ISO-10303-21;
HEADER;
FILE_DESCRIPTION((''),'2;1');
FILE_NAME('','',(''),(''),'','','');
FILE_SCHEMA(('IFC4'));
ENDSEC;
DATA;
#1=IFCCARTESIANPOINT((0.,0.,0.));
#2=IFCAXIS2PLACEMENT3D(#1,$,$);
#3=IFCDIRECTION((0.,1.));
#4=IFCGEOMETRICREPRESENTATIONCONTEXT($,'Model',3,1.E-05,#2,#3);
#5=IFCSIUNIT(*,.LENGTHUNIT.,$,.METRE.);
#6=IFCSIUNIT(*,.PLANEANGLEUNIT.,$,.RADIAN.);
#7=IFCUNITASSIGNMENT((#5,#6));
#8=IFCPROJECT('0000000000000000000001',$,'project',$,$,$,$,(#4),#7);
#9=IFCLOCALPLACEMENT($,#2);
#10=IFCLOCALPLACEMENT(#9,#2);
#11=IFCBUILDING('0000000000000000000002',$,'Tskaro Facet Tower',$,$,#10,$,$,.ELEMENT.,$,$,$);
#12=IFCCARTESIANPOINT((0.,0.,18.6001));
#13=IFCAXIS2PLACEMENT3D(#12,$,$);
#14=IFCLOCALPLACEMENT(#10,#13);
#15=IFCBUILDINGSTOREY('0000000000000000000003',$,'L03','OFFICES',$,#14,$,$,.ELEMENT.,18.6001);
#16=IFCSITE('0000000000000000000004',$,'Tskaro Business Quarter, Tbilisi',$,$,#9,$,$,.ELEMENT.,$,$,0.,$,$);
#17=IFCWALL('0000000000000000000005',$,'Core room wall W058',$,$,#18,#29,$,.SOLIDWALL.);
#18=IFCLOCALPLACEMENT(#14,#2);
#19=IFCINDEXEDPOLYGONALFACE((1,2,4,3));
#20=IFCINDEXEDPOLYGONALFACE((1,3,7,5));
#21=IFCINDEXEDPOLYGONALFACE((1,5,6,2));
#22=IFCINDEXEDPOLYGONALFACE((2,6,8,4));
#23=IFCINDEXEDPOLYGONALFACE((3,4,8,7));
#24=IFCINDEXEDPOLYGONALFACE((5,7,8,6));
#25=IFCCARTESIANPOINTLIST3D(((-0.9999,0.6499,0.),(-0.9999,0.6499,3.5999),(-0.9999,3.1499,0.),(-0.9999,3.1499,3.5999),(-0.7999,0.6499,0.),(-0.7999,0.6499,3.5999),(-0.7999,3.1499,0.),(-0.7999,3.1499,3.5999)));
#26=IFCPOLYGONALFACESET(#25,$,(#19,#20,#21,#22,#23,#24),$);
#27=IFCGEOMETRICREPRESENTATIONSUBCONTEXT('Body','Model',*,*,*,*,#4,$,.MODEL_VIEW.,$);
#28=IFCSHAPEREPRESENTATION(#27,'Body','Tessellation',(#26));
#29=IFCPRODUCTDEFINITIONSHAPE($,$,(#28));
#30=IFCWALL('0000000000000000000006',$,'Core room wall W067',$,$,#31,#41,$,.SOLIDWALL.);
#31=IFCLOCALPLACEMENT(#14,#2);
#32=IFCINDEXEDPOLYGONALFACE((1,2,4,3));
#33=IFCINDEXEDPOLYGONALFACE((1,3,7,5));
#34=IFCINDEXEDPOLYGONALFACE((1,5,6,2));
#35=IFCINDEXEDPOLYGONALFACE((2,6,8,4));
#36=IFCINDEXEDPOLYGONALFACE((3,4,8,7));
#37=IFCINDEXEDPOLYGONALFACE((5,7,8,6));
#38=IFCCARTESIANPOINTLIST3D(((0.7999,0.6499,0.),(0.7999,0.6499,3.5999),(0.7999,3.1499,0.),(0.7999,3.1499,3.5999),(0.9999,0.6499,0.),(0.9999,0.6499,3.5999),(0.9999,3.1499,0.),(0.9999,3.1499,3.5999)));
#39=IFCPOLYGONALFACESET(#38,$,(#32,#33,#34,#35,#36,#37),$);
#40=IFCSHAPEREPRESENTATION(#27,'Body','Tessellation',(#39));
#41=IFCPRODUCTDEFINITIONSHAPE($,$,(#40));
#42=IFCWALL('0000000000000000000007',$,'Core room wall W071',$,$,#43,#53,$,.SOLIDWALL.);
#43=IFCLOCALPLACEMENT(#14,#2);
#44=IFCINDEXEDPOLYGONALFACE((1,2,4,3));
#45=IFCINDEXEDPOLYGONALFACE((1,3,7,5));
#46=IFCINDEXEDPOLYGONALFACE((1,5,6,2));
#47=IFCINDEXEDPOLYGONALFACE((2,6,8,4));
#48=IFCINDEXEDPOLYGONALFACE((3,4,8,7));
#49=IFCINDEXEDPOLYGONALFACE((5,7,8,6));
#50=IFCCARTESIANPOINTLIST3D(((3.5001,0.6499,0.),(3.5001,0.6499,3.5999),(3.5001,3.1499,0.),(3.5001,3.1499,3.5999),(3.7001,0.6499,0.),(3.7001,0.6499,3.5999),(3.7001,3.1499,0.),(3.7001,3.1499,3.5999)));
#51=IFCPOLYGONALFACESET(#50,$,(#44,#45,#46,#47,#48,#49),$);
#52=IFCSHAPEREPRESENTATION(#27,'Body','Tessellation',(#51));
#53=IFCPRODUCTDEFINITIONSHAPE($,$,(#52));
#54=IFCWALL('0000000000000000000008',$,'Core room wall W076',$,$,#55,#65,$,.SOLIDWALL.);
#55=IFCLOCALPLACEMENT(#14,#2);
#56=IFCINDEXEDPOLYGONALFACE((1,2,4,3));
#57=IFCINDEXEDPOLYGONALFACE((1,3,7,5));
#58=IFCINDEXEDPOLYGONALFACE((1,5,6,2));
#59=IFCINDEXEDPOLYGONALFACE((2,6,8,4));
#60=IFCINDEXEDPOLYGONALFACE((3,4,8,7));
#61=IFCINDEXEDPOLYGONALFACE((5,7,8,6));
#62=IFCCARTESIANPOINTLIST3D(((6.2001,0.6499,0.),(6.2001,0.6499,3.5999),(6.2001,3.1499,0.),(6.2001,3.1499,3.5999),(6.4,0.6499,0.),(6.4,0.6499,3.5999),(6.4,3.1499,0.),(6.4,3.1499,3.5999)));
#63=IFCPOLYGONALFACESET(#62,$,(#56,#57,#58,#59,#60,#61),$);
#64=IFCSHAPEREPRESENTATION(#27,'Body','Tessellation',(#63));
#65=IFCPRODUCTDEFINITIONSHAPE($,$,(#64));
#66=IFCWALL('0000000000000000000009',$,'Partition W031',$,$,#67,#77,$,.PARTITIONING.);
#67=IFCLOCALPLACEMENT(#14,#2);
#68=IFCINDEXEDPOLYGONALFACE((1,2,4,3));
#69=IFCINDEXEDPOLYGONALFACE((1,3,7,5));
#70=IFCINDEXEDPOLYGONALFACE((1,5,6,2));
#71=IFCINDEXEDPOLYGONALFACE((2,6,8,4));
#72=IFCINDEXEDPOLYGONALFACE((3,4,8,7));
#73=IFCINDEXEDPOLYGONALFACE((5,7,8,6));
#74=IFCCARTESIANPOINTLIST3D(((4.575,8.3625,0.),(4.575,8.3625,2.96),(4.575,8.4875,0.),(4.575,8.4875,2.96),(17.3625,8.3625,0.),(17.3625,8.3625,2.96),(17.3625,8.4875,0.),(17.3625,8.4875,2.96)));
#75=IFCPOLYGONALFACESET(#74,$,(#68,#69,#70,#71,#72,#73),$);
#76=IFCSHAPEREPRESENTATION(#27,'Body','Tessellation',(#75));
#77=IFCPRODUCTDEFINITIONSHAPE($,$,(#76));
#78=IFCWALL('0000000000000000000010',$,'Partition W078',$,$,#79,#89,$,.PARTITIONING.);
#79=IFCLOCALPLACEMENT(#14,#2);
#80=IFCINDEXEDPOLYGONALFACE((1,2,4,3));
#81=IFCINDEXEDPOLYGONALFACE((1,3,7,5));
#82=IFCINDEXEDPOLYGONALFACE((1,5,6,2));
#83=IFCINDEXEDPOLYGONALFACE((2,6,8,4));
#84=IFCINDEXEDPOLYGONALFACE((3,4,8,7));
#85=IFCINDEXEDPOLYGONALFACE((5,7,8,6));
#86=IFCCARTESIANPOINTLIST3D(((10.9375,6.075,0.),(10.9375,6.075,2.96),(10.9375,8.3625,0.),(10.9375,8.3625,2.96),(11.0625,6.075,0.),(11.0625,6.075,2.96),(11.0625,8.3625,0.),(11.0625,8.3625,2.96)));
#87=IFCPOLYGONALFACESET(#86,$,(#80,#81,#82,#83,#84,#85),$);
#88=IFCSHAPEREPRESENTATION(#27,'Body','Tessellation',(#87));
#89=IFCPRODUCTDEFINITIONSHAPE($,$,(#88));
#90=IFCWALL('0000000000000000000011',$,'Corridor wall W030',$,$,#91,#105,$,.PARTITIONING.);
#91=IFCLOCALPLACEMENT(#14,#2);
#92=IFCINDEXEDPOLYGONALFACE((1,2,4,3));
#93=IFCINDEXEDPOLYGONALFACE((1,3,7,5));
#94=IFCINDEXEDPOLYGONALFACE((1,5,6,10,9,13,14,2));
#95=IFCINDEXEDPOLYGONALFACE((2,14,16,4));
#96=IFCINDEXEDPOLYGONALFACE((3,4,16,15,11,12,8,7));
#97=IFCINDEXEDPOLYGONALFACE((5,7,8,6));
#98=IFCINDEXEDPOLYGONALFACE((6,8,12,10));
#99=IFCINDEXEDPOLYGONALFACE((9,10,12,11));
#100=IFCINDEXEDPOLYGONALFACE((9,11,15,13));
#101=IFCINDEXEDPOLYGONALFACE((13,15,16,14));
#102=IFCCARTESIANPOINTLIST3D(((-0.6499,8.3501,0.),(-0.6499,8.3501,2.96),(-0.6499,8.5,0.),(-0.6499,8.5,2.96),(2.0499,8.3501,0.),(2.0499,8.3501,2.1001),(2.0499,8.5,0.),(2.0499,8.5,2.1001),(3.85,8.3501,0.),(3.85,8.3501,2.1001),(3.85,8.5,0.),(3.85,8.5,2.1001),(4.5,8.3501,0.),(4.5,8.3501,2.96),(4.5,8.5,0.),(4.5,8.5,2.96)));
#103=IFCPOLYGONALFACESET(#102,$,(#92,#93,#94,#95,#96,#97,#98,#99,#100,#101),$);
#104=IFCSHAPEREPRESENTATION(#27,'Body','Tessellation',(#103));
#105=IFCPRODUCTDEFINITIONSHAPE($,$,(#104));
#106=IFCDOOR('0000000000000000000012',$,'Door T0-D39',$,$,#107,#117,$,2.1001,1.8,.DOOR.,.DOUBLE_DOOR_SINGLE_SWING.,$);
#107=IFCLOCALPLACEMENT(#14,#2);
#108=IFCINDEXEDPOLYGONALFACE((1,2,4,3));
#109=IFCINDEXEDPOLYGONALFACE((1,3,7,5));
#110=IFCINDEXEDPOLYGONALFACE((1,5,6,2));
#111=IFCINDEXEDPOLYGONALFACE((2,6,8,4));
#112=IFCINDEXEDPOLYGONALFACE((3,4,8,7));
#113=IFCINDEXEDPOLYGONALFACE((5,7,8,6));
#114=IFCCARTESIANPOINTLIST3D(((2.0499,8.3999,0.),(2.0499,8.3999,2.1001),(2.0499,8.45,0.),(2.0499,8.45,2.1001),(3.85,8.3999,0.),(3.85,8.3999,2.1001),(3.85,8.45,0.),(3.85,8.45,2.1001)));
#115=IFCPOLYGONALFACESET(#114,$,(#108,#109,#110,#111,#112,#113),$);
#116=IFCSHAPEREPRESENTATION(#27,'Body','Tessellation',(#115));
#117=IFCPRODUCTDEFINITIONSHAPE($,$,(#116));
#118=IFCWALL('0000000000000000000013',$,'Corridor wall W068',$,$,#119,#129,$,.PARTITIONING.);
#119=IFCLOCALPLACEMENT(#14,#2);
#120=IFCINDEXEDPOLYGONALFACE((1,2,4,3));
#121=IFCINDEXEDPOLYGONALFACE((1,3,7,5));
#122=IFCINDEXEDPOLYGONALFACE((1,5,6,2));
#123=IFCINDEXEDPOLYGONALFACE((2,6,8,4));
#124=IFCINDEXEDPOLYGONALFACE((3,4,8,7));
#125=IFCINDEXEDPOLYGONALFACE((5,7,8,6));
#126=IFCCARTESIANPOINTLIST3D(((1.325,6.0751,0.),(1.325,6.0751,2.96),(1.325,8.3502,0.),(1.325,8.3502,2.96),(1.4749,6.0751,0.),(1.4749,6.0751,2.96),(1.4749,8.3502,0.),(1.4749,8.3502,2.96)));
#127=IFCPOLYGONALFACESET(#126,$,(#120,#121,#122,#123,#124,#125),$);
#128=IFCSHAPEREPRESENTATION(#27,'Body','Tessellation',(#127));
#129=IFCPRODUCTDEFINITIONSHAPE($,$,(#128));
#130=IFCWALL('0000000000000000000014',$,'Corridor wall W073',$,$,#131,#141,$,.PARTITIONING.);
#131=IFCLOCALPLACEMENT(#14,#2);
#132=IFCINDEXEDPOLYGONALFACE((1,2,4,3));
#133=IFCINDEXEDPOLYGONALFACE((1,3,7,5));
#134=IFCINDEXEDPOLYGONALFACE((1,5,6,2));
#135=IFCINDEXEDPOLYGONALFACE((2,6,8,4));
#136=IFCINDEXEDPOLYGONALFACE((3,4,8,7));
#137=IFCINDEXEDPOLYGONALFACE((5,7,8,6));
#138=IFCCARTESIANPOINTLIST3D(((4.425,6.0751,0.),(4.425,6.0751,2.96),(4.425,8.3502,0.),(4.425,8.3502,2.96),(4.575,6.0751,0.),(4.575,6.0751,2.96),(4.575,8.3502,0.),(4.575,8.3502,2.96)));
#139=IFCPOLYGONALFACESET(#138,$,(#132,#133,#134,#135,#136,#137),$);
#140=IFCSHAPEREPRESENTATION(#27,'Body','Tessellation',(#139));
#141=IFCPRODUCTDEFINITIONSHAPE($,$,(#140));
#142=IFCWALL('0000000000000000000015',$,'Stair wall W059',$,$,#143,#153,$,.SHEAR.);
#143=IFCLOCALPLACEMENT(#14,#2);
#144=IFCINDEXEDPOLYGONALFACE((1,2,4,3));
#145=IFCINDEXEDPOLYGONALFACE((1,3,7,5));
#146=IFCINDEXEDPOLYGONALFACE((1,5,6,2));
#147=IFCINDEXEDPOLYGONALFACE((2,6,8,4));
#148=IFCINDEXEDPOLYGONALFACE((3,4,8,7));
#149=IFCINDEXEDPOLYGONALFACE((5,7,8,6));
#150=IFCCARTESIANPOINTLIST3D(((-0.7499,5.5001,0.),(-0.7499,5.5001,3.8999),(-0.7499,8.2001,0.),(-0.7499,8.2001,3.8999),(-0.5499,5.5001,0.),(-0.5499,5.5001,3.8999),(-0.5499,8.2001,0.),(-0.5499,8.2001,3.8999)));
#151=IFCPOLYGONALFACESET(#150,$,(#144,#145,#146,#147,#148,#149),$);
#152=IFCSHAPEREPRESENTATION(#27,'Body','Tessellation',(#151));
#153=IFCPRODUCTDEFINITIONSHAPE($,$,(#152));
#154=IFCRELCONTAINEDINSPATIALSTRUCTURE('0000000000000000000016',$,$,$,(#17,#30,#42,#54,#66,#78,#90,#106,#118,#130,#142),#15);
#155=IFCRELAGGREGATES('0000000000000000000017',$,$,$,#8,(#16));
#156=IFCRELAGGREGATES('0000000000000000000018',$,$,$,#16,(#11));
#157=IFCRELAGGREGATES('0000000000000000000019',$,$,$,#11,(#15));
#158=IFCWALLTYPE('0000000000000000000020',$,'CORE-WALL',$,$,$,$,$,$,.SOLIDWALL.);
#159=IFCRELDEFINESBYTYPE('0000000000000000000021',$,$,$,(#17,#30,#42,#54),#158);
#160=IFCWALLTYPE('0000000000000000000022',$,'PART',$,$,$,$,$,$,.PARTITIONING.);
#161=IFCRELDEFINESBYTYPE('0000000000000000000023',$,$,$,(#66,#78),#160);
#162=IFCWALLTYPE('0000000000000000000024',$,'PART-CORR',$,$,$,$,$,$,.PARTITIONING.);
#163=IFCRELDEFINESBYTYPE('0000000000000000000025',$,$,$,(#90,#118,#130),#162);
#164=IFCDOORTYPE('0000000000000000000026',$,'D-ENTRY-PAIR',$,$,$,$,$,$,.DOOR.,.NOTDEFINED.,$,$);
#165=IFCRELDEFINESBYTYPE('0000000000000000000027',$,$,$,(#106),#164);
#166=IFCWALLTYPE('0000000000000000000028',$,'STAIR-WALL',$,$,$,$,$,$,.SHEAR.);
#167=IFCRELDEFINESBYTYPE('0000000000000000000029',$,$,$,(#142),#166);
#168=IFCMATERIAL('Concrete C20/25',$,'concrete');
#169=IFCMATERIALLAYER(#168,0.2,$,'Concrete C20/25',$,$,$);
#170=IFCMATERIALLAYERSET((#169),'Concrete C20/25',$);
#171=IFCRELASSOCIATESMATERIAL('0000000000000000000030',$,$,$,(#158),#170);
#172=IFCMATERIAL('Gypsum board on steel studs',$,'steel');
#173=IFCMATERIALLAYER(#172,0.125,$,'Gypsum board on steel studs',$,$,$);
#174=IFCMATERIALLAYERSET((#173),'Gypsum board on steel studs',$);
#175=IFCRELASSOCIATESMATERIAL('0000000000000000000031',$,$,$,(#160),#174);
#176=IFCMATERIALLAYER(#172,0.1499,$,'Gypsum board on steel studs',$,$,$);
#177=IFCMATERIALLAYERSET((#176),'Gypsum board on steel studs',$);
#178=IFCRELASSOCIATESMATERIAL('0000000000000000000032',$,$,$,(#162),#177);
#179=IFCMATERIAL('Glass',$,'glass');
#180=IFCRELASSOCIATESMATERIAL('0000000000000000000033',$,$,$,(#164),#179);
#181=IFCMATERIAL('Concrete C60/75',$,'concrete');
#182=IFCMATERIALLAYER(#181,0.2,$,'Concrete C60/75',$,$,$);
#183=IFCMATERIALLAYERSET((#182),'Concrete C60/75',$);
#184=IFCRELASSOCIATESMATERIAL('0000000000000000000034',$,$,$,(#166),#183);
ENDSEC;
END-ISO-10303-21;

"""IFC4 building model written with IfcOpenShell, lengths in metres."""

from ifc_helpers import new_model, si_unit, direction, frame, frame_2d, origin, place, context, subcontext, project, spatial, rectangle, extrude, material, layer, layer_set, type_object, element, fill, save


model = new_model("IFC4")

# Units and contexts
model_context = context("Model", 3, precision=1e-05, world=origin(), true_north=direction((0.0, 1.0)))
body_context = subcontext(model_context, "Body", "Model", "MODEL_VIEW")
ifc_project = project(units=[si_unit("LENGTHUNIT", "METRE"), si_unit("PLANEANGLEUNIT", "RADIAN")], contexts=[model_context])

# Site, building, storey
site_placement = place(None, origin())
site = spatial("IfcSite", under=ifc_project, at=site_placement, Name="Tskaro Business Quarter, Tbilisi", CompositionType="ELEMENT", RefElevation=0.0)
building_placement = place(site_placement, origin())
building = spatial("IfcBuilding", under=site, at=building_placement, Name="Tskaro Facet Tower", CompositionType="ELEMENT")
storey_placement = place(building_placement, frame((0.0, 0.0, 18.6001)))
storey = spatial("IfcBuildingStorey", under=building, at=storey_placement, Name="L03", Description="OFFICES", CompositionType="ELEMENT", Elevation=18.6001)

# Shared definitions
ifc_material_1 = material(Name="Concrete C60/75", Category="concrete")

# Walls
ifc_material_2 = material(Name="Concrete C20/25", Category="concrete")
ifc_layer_1 = layer(ifc_material_2, 0.2, Name="Concrete C20/25")
ifc_layer_set_1 = layer_set([ifc_layer_1], Name="Concrete C20/25")
wall_type_1 = type_object("IfcWallType", Name="CORE-WALL", PredefinedType="SOLIDWALL", material=ifc_layer_set_1)
for number, where, z_axis, x_axis, name in (
    (1, (-0.8999, 0.6499, 0.0), (0.0, 0.0, 1.0), (0.0, 1.0, 0.0), "Core room wall W058"),
    (2, (0.8999, 0.6499, 0.0), (0.0, 0.0, 1.0), (0.0, 1.0, 0.0), "Core room wall W067"),
    (3, (3.6001, 0.6499, 0.0), (0.0, 0.0, 1.0), (0.0, 1.0, 0.0), "Core room wall W071"),
    (4, (6.3, 0.6499, 0.0), (0.0, 0.0, 1.0), (0.0, 1.0, 0.0), "Core room wall W076"),
):
    element("IfcWall", number, at=place(storey_placement, frame(where, z_axis=z_axis, x_axis=x_axis)), inside=storey, type_object=wall_type_1, Name=name, PredefinedType="SOLIDWALL", context=body_context, shape_type="SweptSolid", body=[
        extrude(rectangle(XDim=2.5, YDim=0.2, at=frame_2d((1.25, 0.0))), origin(), (0.0, 0.0, 1.0), 3.5999),
    ])
ifc_material_3 = material(Name="Gypsum board on steel studs", Category="steel")
ifc_layer_2 = layer(ifc_material_3, 0.125, Name="Gypsum board on steel studs")
ifc_layer_set_2 = layer_set([ifc_layer_2], Name="Gypsum board on steel studs")
wall_type_2 = type_object("IfcWallType", Name="PART", PredefinedType="PARTITIONING", material=ifc_layer_set_2)
wall_1_placement = place(storey_placement, frame((4.575, 8.425, 0.0), z_axis=(0.0, 0.0, 1.0), x_axis=(1.0, 0.0, 0.0)))
element("IfcWall", 5, at=wall_1_placement, inside=storey, type_object=wall_type_2, Name="Partition W031", PredefinedType="PARTITIONING", context=body_context, shape_type="SweptSolid", body=[
    extrude(rectangle(XDim=12.7876, YDim=0.125, at=frame_2d((6.3938, 0.0))), origin(), (0.0, 0.0, 1.0), 2.96),
])
wall_2_placement = place(storey_placement, frame((11.0, 6.075, 0.0), z_axis=(0.0, 0.0, 1.0), x_axis=(0.0, 1.0, 0.0)))
element("IfcWall", 6, at=wall_2_placement, inside=storey, type_object=wall_type_2, Name="Partition W078", PredefinedType="PARTITIONING", context=body_context, shape_type="SweptSolid", body=[
    extrude(rectangle(XDim=2.2876, YDim=0.125, at=frame_2d((1.1438, 0.0))), origin(), (0.0, 0.0, 1.0), 2.96),
])

# Wall, opening, door
ifc_layer_3 = layer(ifc_material_3, 0.1499, Name="Gypsum board on steel studs")
ifc_layer_set_3 = layer_set([ifc_layer_3], Name="Gypsum board on steel studs")
wall_type_3 = type_object("IfcWallType", Name="PART-CORR", PredefinedType="PARTITIONING", material=ifc_layer_set_3)
wall_3_placement = place(storey_placement, frame((-0.6499, 8.425, 0.0), z_axis=(0.0, 0.0, 1.0), x_axis=(1.0, 0.0, 0.0)))
wall_3 = element("IfcWall", 7, at=wall_3_placement, inside=storey, type_object=wall_type_3, Name="Corridor wall W030", PredefinedType="PARTITIONING", context=body_context, shape_type="SweptSolid", body=[
    extrude(rectangle(XDim=5.1499, YDim=0.1499, at=frame_2d((2.575, 0.0))), origin(), (0.0, 0.0, 1.0), 2.96),
])
opening_placement = place(wall_3_placement, frame((2.7, 0.0, 0.0)))
opening = element("IfcOpeningElement", 8, at=opening_placement, cuts=wall_3, PredefinedType="OPENING", context=body_context, shape_type="SweptSolid", body=[
    extrude(rectangle(XDim=1.8, YDim=2.1001, at=frame_2d((0.8999, 1.05))), frame((0.0, 0.085, 0.0), z_axis=(0.0, -1.0, 0.0), x_axis=(1.0, 0.0, 0.0)), (0.0, 0.0, 1.0), 0.1699),
])
ifc_material_4 = material(Name="Glass", Category="glass")
door_type = type_object("IfcDoorType", Name="D-ENTRY-PAIR", OperationType="NOTDEFINED", PredefinedType="DOOR", material=ifc_material_4)
door_placement = place(opening_placement, origin())
door = element("IfcDoor", 9, at=door_placement, inside=storey, type_object=door_type, Name="Door T0-D39", OperationType="DOUBLE_DOOR_SINGLE_SWING", OverallHeight=2.1001, OverallWidth=1.8, PredefinedType="DOOR", context=body_context, shape_type="SweptSolid", body=[
    extrude(rectangle(XDim=1.8, YDim=2.1001, at=frame_2d((0.8999, 1.05))), frame((0.0, 0.0249, 0.0), z_axis=(0.0, -1.0, 0.0), x_axis=(1.0, 0.0, 0.0)), (0.0, 0.0, 1.0), 0.05),
])
fill(opening, door)

# Walls
for number, where, z_axis, x_axis, name in (
    (10, (1.3999, 6.075, 0.0), (0.0, 0.0, 1.0), (0.0, 1.0, 0.0), "Corridor wall W068"),
    (11, (4.5, 6.075, 0.0), (0.0, 0.0, 1.0), (0.0, 1.0, 0.0), "Corridor wall W073"),
):
    element("IfcWall", number, at=place(storey_placement, frame(where, z_axis=z_axis, x_axis=x_axis)), inside=storey, type_object=wall_type_3, Name=name, PredefinedType="PARTITIONING", context=body_context, shape_type="SweptSolid", body=[
        extrude(rectangle(XDim=2.2751, YDim=0.1499, at=frame_2d((1.1377, 0.0))), origin(), (0.0, 0.0, 1.0), 2.96),
    ])
ifc_layer_4 = layer(ifc_material_1, 0.2, Name="Concrete C60/75")
ifc_layer_set_4 = layer_set([ifc_layer_4], Name="Concrete C60/75")
wall_type_4 = type_object("IfcWallType", Name="STAIR-WALL", PredefinedType="SHEAR", material=ifc_layer_set_4)
wall_4_placement = place(storey_placement, frame((-0.6499, 5.5, 0.0), z_axis=(0.0, 0.0, 1.0), x_axis=(0.0, 1.0, 0.0)))
element("IfcWall", 12, at=wall_4_placement, inside=storey, type_object=wall_type_4, Name="Stair wall W059", PredefinedType="SHEAR", context=body_context, shape_type="SweptSolid", body=[
    extrude(rectangle(XDim=2.7, YDim=0.2, at=frame_2d((1.3501, 0.0))), origin(), (0.0, 0.0, 1.0), 3.8999),
])

save(model, "model.ifc")
